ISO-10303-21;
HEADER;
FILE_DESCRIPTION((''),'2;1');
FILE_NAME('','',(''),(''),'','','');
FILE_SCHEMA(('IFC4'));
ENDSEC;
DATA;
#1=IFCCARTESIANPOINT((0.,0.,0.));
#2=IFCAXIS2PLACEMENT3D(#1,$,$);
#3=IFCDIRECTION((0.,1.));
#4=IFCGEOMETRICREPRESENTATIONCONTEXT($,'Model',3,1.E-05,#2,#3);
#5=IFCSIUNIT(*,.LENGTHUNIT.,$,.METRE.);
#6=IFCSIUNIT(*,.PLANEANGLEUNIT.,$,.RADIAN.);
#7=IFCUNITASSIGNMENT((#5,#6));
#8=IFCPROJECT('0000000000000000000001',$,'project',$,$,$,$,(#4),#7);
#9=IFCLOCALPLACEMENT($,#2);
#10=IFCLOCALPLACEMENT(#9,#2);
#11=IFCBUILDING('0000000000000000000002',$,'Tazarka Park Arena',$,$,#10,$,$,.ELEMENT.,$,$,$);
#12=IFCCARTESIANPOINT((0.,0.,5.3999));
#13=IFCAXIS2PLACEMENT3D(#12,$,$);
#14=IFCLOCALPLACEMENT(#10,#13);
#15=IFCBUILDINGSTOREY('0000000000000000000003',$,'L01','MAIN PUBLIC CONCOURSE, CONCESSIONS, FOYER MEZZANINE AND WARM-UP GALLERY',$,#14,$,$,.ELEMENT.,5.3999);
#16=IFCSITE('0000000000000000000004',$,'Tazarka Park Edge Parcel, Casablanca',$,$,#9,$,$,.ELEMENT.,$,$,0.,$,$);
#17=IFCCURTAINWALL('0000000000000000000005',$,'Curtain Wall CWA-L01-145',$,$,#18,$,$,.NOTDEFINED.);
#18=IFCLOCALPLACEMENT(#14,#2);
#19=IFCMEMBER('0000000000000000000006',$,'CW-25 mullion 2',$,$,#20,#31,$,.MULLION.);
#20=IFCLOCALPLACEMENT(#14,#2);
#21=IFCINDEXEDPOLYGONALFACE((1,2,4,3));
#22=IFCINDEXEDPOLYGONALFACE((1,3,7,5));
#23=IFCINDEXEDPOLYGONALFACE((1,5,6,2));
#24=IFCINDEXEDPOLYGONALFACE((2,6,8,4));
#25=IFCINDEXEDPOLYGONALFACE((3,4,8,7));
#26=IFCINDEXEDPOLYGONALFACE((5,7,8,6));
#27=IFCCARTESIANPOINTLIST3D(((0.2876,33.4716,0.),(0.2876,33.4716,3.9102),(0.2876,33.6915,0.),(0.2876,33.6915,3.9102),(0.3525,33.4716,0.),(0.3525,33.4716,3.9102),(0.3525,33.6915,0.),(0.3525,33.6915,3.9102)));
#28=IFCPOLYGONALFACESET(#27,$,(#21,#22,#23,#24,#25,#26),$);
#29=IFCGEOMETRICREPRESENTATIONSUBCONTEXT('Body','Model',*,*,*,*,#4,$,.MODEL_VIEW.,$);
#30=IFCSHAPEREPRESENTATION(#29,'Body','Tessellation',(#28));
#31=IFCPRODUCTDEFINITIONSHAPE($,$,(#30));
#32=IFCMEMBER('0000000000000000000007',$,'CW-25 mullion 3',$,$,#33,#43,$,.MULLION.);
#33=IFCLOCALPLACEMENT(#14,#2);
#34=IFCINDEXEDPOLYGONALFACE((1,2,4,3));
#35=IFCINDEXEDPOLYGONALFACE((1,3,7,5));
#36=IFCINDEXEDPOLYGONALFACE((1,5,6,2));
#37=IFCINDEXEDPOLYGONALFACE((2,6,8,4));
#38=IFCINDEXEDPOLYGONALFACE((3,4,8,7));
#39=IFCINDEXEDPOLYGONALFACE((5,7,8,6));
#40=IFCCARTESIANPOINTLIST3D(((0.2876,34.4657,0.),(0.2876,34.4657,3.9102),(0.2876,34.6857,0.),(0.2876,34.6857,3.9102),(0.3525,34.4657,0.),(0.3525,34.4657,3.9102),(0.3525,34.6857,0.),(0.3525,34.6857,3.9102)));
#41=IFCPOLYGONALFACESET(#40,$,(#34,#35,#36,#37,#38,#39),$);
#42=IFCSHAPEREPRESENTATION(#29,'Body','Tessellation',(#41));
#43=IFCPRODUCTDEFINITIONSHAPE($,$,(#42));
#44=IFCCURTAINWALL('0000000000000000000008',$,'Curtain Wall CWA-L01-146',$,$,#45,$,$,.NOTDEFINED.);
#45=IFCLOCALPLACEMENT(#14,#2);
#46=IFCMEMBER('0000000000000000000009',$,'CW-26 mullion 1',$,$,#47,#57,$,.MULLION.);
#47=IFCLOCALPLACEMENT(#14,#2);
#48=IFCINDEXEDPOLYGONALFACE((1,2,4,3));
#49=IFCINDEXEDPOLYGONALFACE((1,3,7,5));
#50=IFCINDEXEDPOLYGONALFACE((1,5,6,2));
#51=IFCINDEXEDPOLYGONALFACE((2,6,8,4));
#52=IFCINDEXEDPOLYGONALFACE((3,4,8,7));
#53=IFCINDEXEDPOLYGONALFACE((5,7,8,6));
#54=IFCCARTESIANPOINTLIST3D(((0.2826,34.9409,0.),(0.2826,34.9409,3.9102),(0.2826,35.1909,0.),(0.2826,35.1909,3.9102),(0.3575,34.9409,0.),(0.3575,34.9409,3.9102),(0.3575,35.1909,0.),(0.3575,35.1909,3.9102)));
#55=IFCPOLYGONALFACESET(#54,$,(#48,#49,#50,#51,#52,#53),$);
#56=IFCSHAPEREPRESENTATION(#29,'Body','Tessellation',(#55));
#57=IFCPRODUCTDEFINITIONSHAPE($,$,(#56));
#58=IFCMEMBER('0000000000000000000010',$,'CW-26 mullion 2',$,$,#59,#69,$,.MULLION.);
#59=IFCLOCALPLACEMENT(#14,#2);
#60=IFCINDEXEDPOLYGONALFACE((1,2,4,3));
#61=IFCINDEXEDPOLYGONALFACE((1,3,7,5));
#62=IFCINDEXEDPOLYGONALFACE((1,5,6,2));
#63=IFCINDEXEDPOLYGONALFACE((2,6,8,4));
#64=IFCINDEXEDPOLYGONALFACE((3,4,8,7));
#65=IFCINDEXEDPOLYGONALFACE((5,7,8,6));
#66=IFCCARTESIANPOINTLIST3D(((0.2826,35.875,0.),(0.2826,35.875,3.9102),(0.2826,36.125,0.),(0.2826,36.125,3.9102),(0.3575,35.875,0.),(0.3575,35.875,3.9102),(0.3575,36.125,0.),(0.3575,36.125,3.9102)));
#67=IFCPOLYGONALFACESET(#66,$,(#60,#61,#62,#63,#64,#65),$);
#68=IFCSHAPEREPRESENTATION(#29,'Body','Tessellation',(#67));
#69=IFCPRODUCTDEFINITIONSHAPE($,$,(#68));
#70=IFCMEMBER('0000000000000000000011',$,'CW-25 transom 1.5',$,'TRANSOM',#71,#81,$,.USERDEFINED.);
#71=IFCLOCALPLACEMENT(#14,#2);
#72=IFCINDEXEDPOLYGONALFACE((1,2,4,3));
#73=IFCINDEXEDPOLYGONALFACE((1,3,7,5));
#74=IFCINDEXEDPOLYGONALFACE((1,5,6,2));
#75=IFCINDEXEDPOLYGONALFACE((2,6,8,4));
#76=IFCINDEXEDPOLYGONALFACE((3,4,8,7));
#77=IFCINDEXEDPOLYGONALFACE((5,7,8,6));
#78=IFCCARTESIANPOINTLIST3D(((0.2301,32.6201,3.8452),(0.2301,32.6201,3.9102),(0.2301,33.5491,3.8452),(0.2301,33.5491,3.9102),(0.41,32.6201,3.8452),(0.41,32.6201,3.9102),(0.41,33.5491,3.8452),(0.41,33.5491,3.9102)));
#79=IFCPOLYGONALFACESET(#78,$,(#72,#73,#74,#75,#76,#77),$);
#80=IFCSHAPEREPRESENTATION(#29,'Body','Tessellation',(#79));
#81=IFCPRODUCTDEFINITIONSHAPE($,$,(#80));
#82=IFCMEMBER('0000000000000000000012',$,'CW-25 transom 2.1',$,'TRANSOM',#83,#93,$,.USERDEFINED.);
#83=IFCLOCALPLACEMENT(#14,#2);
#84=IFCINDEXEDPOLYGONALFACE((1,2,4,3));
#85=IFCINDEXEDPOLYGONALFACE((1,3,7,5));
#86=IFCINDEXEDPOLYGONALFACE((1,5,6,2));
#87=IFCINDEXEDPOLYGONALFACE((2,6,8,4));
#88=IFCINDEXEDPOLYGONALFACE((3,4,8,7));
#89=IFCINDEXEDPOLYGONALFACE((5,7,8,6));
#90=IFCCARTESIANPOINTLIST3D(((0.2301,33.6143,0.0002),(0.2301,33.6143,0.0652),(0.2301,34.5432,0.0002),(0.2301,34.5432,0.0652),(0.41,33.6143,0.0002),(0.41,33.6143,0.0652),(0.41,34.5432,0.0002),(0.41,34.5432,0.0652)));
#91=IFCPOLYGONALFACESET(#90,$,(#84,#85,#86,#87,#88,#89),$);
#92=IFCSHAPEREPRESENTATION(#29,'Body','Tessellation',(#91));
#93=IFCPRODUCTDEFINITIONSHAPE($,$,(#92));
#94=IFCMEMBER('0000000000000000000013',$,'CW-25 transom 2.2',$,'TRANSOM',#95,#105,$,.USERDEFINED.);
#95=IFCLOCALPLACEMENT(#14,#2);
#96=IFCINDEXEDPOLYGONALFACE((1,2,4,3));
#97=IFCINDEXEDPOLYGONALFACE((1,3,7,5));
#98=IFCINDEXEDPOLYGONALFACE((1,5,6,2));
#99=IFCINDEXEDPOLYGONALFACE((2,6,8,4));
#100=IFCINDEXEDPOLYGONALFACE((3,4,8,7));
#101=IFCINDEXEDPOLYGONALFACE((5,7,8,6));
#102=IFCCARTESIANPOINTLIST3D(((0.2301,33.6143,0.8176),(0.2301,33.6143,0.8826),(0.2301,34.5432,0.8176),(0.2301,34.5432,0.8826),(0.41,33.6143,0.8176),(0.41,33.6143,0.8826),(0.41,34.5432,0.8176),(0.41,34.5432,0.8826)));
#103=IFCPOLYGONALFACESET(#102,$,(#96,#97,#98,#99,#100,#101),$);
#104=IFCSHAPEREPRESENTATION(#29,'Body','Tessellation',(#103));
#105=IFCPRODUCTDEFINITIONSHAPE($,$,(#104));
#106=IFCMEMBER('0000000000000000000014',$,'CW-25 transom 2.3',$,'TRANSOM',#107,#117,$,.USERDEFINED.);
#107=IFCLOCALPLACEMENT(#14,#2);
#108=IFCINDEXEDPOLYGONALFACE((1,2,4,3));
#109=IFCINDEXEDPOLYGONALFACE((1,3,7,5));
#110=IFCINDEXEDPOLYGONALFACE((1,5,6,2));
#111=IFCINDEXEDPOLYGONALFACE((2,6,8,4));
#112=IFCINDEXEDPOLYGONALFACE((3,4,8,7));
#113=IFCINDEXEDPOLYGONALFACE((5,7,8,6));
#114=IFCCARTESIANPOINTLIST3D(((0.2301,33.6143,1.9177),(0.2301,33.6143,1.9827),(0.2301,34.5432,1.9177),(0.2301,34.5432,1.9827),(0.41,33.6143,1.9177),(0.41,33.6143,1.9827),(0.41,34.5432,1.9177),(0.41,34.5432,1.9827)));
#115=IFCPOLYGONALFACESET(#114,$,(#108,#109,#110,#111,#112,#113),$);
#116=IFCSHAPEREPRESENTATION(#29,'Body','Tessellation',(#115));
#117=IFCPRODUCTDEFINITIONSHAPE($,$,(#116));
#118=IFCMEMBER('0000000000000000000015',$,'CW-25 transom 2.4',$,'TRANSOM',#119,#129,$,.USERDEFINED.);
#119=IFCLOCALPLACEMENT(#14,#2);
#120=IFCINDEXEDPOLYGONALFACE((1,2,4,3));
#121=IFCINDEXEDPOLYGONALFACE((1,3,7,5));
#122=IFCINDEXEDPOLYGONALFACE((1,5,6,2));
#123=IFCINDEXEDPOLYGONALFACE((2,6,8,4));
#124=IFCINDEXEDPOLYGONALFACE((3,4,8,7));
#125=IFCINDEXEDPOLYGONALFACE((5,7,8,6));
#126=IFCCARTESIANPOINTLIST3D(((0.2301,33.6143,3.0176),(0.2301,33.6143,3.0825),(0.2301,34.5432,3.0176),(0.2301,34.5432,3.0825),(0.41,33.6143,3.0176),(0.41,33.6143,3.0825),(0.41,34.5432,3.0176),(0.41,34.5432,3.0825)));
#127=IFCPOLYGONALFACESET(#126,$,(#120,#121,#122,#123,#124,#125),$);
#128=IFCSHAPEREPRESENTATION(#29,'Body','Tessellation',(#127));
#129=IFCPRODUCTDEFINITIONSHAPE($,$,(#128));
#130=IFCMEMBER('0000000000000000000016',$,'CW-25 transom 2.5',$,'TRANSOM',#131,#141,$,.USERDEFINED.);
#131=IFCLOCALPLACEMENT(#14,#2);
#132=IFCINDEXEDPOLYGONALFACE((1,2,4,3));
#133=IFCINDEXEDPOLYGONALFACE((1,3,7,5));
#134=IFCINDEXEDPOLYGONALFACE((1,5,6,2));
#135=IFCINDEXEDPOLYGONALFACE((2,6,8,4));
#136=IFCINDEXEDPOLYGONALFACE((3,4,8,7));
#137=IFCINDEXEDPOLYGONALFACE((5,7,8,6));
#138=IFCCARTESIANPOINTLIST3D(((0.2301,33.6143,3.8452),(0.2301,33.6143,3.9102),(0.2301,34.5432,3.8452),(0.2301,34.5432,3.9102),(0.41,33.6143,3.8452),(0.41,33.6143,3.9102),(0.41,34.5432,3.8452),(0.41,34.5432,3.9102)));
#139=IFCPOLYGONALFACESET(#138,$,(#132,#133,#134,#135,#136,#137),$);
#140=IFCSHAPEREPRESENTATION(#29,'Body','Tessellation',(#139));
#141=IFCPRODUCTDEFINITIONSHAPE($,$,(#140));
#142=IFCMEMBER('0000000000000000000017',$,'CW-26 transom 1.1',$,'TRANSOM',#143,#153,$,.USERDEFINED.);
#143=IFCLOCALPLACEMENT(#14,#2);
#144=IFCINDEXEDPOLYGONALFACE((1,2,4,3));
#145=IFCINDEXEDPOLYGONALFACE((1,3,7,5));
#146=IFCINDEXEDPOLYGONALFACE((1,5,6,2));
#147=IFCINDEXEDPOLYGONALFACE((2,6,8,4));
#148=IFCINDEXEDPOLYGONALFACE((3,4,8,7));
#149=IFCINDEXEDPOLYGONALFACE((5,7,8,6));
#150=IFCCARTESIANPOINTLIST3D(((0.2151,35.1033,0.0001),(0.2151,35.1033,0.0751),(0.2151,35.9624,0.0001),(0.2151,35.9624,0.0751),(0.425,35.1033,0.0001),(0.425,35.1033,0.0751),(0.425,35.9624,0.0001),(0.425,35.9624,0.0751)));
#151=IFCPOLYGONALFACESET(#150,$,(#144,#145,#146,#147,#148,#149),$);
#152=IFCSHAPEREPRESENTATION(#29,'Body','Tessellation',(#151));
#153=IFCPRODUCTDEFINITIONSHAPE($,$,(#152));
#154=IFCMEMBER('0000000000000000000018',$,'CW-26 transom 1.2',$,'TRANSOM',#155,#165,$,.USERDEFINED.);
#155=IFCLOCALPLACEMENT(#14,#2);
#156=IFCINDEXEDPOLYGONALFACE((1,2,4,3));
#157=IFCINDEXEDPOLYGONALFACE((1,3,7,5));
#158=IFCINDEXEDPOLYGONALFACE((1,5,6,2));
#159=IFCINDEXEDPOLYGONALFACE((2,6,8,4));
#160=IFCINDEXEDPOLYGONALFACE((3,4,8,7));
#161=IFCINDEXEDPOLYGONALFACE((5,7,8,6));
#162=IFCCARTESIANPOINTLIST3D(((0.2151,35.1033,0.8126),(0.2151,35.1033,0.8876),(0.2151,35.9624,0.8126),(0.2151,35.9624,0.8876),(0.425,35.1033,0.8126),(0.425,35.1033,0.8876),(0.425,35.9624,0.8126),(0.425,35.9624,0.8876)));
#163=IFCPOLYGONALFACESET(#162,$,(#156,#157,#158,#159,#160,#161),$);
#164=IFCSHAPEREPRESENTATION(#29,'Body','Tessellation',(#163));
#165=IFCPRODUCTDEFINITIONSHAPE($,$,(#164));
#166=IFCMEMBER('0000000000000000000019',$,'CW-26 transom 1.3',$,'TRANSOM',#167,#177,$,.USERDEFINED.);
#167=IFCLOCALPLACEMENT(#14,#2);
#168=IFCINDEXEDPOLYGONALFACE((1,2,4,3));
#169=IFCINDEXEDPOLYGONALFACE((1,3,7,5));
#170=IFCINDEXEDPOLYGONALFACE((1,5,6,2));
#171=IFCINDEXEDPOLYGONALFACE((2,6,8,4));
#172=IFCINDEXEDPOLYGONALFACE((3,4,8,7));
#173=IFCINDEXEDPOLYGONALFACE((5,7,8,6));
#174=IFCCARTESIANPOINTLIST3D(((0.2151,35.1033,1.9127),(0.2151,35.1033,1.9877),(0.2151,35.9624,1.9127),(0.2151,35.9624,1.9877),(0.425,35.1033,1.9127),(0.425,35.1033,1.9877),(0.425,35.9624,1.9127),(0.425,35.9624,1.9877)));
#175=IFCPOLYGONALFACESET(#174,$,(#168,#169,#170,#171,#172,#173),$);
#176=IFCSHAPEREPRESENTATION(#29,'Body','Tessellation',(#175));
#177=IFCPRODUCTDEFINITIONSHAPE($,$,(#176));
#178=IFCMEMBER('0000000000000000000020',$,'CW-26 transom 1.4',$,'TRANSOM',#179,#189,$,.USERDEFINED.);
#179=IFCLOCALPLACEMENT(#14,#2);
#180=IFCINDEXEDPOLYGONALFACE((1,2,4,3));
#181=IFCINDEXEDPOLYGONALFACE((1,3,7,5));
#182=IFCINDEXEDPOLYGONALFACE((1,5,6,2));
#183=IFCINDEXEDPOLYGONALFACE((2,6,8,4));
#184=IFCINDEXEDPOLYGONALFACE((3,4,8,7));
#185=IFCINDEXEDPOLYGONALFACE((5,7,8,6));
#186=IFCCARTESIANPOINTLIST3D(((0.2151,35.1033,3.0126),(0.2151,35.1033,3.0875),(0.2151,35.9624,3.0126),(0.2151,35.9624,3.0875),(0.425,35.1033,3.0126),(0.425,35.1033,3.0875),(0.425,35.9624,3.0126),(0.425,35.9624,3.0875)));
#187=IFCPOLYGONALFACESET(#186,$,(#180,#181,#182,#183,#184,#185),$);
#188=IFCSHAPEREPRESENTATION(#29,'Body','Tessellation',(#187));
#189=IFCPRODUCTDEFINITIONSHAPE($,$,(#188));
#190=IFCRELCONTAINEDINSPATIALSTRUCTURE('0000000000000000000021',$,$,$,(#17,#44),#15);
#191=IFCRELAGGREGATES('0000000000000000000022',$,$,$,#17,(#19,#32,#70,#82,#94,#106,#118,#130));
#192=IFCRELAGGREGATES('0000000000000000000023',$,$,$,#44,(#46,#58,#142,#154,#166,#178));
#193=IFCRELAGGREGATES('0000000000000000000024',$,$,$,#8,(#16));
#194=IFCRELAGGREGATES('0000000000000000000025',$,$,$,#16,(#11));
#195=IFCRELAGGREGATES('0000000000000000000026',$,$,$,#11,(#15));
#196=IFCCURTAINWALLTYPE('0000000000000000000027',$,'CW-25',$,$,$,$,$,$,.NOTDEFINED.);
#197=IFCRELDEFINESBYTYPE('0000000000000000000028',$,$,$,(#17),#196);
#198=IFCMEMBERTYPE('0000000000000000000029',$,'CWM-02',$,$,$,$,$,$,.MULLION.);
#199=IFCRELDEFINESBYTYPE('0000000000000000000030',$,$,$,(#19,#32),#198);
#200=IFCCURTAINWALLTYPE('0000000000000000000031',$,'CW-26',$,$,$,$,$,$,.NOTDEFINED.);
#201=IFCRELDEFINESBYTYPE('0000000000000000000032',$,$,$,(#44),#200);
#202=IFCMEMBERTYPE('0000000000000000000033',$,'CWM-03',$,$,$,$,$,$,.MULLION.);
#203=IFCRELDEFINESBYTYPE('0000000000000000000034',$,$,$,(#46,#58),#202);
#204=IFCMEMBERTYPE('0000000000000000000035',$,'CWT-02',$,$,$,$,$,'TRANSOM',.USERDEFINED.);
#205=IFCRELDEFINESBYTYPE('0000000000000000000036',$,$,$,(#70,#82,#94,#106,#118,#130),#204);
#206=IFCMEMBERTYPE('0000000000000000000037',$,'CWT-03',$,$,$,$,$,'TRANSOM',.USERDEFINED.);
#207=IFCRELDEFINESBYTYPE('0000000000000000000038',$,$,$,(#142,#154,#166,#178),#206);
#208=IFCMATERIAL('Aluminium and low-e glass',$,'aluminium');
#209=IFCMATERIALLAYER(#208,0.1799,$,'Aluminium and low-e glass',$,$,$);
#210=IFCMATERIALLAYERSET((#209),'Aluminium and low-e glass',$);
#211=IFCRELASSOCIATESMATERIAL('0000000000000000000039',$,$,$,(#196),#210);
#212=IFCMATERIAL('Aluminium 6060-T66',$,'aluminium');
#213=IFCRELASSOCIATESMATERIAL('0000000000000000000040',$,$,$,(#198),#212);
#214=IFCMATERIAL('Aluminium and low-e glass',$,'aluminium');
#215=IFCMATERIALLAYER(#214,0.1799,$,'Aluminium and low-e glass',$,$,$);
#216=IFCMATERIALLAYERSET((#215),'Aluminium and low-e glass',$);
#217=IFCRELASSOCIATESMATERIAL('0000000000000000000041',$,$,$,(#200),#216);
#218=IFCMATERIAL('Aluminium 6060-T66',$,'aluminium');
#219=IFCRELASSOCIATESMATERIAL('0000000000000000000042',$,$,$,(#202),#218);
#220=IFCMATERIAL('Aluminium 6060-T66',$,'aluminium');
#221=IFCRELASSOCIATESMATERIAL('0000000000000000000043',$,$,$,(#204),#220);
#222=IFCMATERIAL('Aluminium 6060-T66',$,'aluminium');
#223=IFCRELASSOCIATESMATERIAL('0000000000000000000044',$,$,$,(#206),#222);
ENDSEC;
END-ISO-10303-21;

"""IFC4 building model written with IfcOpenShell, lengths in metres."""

from ifc_helpers import new_model, si_unit, direction, frame, origin, origin_2d, place, context, subcontext, project, spatial, rectangle, extrude, material, layer, layer_set, material_profile, profile_set, type_object, element, aggregate, save


model = new_model("IFC4")

# Units and contexts
model_context = context("Model", 3, precision=1e-05, world=origin(), true_north=direction((0.0, 1.0)))
body_context = subcontext(model_context, "Body", "Model", "MODEL_VIEW")
ifc_project = project(units=[si_unit("LENGTHUNIT", "METRE"), si_unit("PLANEANGLEUNIT", "RADIAN")], contexts=[model_context])

# Site, building, storey
site_placement = place(None, origin())
site = spatial("IfcSite", under=ifc_project, at=site_placement, Name="Tazarka Park Edge Parcel, Casablanca", CompositionType="ELEMENT", RefElevation=0.0)
building_placement = place(site_placement, origin())
building = spatial("IfcBuilding", under=site, at=building_placement, Name="Tazarka Park Arena", CompositionType="ELEMENT")
storey_placement = place(building_placement, frame((0.0, 0.0, 5.3999)))
storey = spatial("IfcBuildingStorey", under=building, at=storey_placement, Name="L01", Description="MAIN PUBLIC CONCOURSE, CONCESSIONS, FOYER MEZZANINE AND WARM-UP GALLERY", CompositionType="ELEMENT", Elevation=5.3999)

# Curtain walls, members
ifc_material_1 = material(Name="Aluminium and low-e glass", Category="aluminium")
ifc_layer_1 = layer(ifc_material_1, 0.1799, Name="Aluminium and low-e glass")
ifc_layer_set_1 = layer_set([ifc_layer_1], Name="Aluminium and low-e glass")
curtain_wall_type_1 = type_object("IfcCurtainWallType", Name="CW-25", PredefinedType="NOTDEFINED", material=ifc_layer_set_1)
curtain_wall_1_placement = place(storey_placement, origin())
curtain_wall_1 = element("IfcCurtainWall", 1, at=curtain_wall_1_placement, inside=storey, type_object=curtain_wall_type_1, Name="Curtain Wall CWA-L01-145", PredefinedType="NOTDEFINED")
ifc_material_2 = material(Name="Aluminium 6060-T66", Category="aluminium")
ifc_material_profile_1 = material_profile(ifc_material_2, rectangle(XDim=0.0649, YDim=0.22, at=origin_2d()), Name="Aluminium 6060-T66")
ifc_profile_set_1 = profile_set([ifc_material_profile_1], Name="Aluminium 6060-T66")
member_type_1 = type_object("IfcMemberType", Name="CWM-02", PredefinedType="MULLION", material=ifc_profile_set_1)
member_1_placement = place(storey_placement, frame((0.3201, 33.5815, 0.0), z_axis=(0.0, 0.0, 1.0), x_axis=(-1.0, 0.0, 0.0)))
member_1 = element("IfcMember", 2, at=member_1_placement, type_object=member_type_1, Name="CW-25 mullion 2", PredefinedType="MULLION", context=body_context, shape_type="SweptSolid", body=[
    extrude(rectangle(XDim=0.0649, YDim=0.22, at=origin_2d()), origin(), (0.0, 0.0, 1.0), 3.9102),
])
member_2_placement = place(storey_placement, frame((0.3201, 34.5757, 0.0), z_axis=(0.0, 0.0, 1.0), x_axis=(-1.0, 0.0, 0.0)))
member_2 = element("IfcMember", 3, at=member_2_placement, type_object=member_type_1, Name="CW-25 mullion 3", PredefinedType="MULLION", context=body_context, shape_type="SweptSolid", body=[
    extrude(rectangle(XDim=0.0649, YDim=0.22, at=origin_2d()), origin(), (0.0, 0.0, 1.0), 3.9102),
])
ifc_material_3 = material(Name="Aluminium and low-e glass", Category="aluminium")
ifc_layer_2 = layer(ifc_material_3, 0.1799, Name="Aluminium and low-e glass")
ifc_layer_set_2 = layer_set([ifc_layer_2], Name="Aluminium and low-e glass")
curtain_wall_type_2 = type_object("IfcCurtainWallType", Name="CW-26", PredefinedType="NOTDEFINED", material=ifc_layer_set_2)
curtain_wall_2_placement = place(storey_placement, origin())
curtain_wall_2 = element("IfcCurtainWall", 4, at=curtain_wall_2_placement, inside=storey, type_object=curtain_wall_type_2, Name="Curtain Wall CWA-L01-146", PredefinedType="NOTDEFINED")
ifc_material_4 = material(Name="Aluminium 6060-T66", Category="aluminium")
ifc_material_profile_2 = material_profile(ifc_material_4, rectangle(XDim=0.075, YDim=0.25, at=origin_2d()), Name="Aluminium 6060-T66")
ifc_profile_set_2 = profile_set([ifc_material_profile_2], Name="Aluminium 6060-T66")
member_type_2 = type_object("IfcMemberType", Name="CWM-03", PredefinedType="MULLION", material=ifc_profile_set_2)
member_3_placement = place(storey_placement, frame((0.3201, 35.0659, 0.0), z_axis=(0.0, 0.0, 1.0), x_axis=(-1.0, 0.0, 0.0)))
member_3 = element("IfcMember", 5, at=member_3_placement, type_object=member_type_2, Name="CW-26 mullion 1", PredefinedType="MULLION", context=body_context, shape_type="SweptSolid", body=[
    extrude(rectangle(XDim=0.075, YDim=0.25, at=origin_2d()), origin(), (0.0, 0.0, 1.0), 3.9102),
])
member_4_placement = place(storey_placement, frame((0.3201, 36.0, 0.0), z_axis=(0.0, 0.0, 1.0), x_axis=(-1.0, 0.0, 0.0)))
member_4 = element("IfcMember", 6, at=member_4_placement, type_object=member_type_2, Name="CW-26 mullion 2", PredefinedType="MULLION", context=body_context, shape_type="SweptSolid", body=[
    extrude(rectangle(XDim=0.075, YDim=0.25, at=origin_2d()), origin(), (0.0, 0.0, 1.0), 3.9102),
])

# Members
ifc_material_5 = material(Name="Aluminium 6060-T66", Category="aluminium")
ifc_material_profile_3 = material_profile(ifc_material_5, rectangle(XDim=0.1799, YDim=0.0649, at=origin_2d()), Name="Aluminium 6060-T66")
ifc_profile_set_3 = profile_set([ifc_material_profile_3], Name="Aluminium 6060-T66")
member_type_3 = type_object("IfcMemberType", Name="CWT-02", ElementType="TRANSOM", PredefinedType="USERDEFINED", material=ifc_profile_set_3)
member_5_placement = place(storey_placement, frame((0.3201, 32.6201, 3.8777), z_axis=(0.0, 1.0, 0.0), x_axis=(-1.0, 0.0, 0.0)))
member_5 = element("IfcMember", 7, at=member_5_placement, type_object=member_type_3, Name="CW-25 transom 1.5", ObjectType="TRANSOM", PredefinedType="USERDEFINED", context=body_context, shape_type="SweptSolid", body=[
    extrude(rectangle(XDim=0.1799, YDim=0.0649, at=origin_2d()), origin(), (0.0, 0.0, 1.0), 0.929),
])
member_6_placement = place(storey_placement, frame((0.3201, 33.6143, 0.0327), z_axis=(0.0, 1.0, 0.0), x_axis=(-1.0, 0.0, 0.0)))
member_6 = element("IfcMember", 8, at=member_6_placement, type_object=member_type_3, Name="CW-25 transom 2.1", ObjectType="TRANSOM", PredefinedType="USERDEFINED", context=body_context, shape_type="SweptSolid", body=[
    extrude(rectangle(XDim=0.1799, YDim=0.0649, at=origin_2d()), origin(), (0.0, 0.0, 1.0), 0.929),
])
member_7_placement = place(storey_placement, frame((0.3201, 33.6143, 0.8501), z_axis=(0.0, 1.0, 0.0), x_axis=(-1.0, 0.0, 0.0)))
member_7 = element("IfcMember", 9, at=member_7_placement, type_object=member_type_3, Name="CW-25 transom 2.2", ObjectType="TRANSOM", PredefinedType="USERDEFINED", context=body_context, shape_type="SweptSolid", body=[
    extrude(rectangle(XDim=0.1799, YDim=0.0649, at=origin_2d()), origin(), (0.0, 0.0, 1.0), 0.929),
])
member_8_placement = place(storey_placement, frame((0.3201, 33.6143, 1.9502), z_axis=(0.0, 1.0, 0.0), x_axis=(-1.0, 0.0, 0.0)))
member_8 = element("IfcMember", 10, at=member_8_placement, type_object=member_type_3, Name="CW-25 transom 2.3", ObjectType="TRANSOM", PredefinedType="USERDEFINED", context=body_context, shape_type="SweptSolid", body=[
    extrude(rectangle(XDim=0.1799, YDim=0.0649, at=origin_2d()), origin(), (0.0, 0.0, 1.0), 0.929),
])
member_9_placement = place(storey_placement, frame((0.3201, 33.6143, 3.05), z_axis=(0.0, 1.0, 0.0), x_axis=(-1.0, 0.0, 0.0)))
member_9 = element("IfcMember", 11, at=member_9_placement, type_object=member_type_3, Name="CW-25 transom 2.4", ObjectType="TRANSOM", PredefinedType="USERDEFINED", context=body_context, shape_type="SweptSolid", body=[
    extrude(rectangle(XDim=0.1799, YDim=0.0649, at=origin_2d()), origin(), (0.0, 0.0, 1.0), 0.929),
])
member_10_placement = place(storey_placement, frame((0.3201, 33.6143, 3.8777), z_axis=(0.0, 1.0, 0.0), x_axis=(-1.0, 0.0, 0.0)))
member_10 = element("IfcMember", 12, at=member_10_placement, type_object=member_type_3, Name="CW-25 transom 2.5", ObjectType="TRANSOM", PredefinedType="USERDEFINED", context=body_context, shape_type="SweptSolid", body=[
    extrude(rectangle(XDim=0.1799, YDim=0.0649, at=origin_2d()), origin(), (0.0, 0.0, 1.0), 0.929),
])
ifc_material_6 = material(Name="Aluminium 6060-T66", Category="aluminium")
ifc_material_profile_4 = material_profile(ifc_material_6, rectangle(XDim=0.21, YDim=0.075, at=origin_2d()), Name="Aluminium 6060-T66")
ifc_profile_set_4 = profile_set([ifc_material_profile_4], Name="Aluminium 6060-T66")
member_type_4 = type_object("IfcMemberType", Name="CWT-03", ElementType="TRANSOM", PredefinedType="USERDEFINED", material=ifc_profile_set_4)
member_11_placement = place(storey_placement, frame((0.3201, 35.1033, 0.0376), z_axis=(0.0, 1.0, 0.0), x_axis=(-1.0, 0.0, 0.0)))
member_11 = element("IfcMember", 13, at=member_11_placement, type_object=member_type_4, Name="CW-26 transom 1.1", ObjectType="TRANSOM", PredefinedType="USERDEFINED", context=body_context, shape_type="SweptSolid", body=[
    extrude(rectangle(XDim=0.21, YDim=0.075, at=origin_2d()), origin(), (0.0, 0.0, 1.0), 0.8591),
])
member_12_placement = place(storey_placement, frame((0.3201, 35.1033, 0.8501), z_axis=(0.0, 1.0, 0.0), x_axis=(-1.0, 0.0, 0.0)))
member_12 = element("IfcMember", 14, at=member_12_placement, type_object=member_type_4, Name="CW-26 transom 1.2", ObjectType="TRANSOM", PredefinedType="USERDEFINED", context=body_context, shape_type="SweptSolid", body=[
    extrude(rectangle(XDim=0.21, YDim=0.075, at=origin_2d()), origin(), (0.0, 0.0, 1.0), 0.8591),
])
member_13_placement = place(storey_placement, frame((0.3201, 35.1033, 1.9502), z_axis=(0.0, 1.0, 0.0), x_axis=(-1.0, 0.0, 0.0)))
member_13 = element("IfcMember", 15, at=member_13_placement, type_object=member_type_4, Name="CW-26 transom 1.3", ObjectType="TRANSOM", PredefinedType="USERDEFINED", context=body_context, shape_type="SweptSolid", body=[
    extrude(rectangle(XDim=0.21, YDim=0.075, at=origin_2d()), origin(), (0.0, 0.0, 1.0), 0.8591),
])
member_14_placement = place(storey_placement, frame((0.3201, 35.1033, 3.05), z_axis=(0.0, 1.0, 0.0), x_axis=(-1.0, 0.0, 0.0)))
member_14 = element("IfcMember", 16, at=member_14_placement, type_object=member_type_4, Name="CW-26 transom 1.4", ObjectType="TRANSOM", PredefinedType="USERDEFINED", context=body_context, shape_type="SweptSolid", body=[
    extrude(rectangle(XDim=0.21, YDim=0.075, at=origin_2d()), origin(), (0.0, 0.0, 1.0), 0.8591),
])

aggregate(curtain_wall_1, [member_1, member_2, member_5, member_6, member_7, member_8, member_9, member_10])
aggregate(curtain_wall_2, [member_3, member_4, member_11, member_12, member_13, member_14])

save(model, "model.ifc")
